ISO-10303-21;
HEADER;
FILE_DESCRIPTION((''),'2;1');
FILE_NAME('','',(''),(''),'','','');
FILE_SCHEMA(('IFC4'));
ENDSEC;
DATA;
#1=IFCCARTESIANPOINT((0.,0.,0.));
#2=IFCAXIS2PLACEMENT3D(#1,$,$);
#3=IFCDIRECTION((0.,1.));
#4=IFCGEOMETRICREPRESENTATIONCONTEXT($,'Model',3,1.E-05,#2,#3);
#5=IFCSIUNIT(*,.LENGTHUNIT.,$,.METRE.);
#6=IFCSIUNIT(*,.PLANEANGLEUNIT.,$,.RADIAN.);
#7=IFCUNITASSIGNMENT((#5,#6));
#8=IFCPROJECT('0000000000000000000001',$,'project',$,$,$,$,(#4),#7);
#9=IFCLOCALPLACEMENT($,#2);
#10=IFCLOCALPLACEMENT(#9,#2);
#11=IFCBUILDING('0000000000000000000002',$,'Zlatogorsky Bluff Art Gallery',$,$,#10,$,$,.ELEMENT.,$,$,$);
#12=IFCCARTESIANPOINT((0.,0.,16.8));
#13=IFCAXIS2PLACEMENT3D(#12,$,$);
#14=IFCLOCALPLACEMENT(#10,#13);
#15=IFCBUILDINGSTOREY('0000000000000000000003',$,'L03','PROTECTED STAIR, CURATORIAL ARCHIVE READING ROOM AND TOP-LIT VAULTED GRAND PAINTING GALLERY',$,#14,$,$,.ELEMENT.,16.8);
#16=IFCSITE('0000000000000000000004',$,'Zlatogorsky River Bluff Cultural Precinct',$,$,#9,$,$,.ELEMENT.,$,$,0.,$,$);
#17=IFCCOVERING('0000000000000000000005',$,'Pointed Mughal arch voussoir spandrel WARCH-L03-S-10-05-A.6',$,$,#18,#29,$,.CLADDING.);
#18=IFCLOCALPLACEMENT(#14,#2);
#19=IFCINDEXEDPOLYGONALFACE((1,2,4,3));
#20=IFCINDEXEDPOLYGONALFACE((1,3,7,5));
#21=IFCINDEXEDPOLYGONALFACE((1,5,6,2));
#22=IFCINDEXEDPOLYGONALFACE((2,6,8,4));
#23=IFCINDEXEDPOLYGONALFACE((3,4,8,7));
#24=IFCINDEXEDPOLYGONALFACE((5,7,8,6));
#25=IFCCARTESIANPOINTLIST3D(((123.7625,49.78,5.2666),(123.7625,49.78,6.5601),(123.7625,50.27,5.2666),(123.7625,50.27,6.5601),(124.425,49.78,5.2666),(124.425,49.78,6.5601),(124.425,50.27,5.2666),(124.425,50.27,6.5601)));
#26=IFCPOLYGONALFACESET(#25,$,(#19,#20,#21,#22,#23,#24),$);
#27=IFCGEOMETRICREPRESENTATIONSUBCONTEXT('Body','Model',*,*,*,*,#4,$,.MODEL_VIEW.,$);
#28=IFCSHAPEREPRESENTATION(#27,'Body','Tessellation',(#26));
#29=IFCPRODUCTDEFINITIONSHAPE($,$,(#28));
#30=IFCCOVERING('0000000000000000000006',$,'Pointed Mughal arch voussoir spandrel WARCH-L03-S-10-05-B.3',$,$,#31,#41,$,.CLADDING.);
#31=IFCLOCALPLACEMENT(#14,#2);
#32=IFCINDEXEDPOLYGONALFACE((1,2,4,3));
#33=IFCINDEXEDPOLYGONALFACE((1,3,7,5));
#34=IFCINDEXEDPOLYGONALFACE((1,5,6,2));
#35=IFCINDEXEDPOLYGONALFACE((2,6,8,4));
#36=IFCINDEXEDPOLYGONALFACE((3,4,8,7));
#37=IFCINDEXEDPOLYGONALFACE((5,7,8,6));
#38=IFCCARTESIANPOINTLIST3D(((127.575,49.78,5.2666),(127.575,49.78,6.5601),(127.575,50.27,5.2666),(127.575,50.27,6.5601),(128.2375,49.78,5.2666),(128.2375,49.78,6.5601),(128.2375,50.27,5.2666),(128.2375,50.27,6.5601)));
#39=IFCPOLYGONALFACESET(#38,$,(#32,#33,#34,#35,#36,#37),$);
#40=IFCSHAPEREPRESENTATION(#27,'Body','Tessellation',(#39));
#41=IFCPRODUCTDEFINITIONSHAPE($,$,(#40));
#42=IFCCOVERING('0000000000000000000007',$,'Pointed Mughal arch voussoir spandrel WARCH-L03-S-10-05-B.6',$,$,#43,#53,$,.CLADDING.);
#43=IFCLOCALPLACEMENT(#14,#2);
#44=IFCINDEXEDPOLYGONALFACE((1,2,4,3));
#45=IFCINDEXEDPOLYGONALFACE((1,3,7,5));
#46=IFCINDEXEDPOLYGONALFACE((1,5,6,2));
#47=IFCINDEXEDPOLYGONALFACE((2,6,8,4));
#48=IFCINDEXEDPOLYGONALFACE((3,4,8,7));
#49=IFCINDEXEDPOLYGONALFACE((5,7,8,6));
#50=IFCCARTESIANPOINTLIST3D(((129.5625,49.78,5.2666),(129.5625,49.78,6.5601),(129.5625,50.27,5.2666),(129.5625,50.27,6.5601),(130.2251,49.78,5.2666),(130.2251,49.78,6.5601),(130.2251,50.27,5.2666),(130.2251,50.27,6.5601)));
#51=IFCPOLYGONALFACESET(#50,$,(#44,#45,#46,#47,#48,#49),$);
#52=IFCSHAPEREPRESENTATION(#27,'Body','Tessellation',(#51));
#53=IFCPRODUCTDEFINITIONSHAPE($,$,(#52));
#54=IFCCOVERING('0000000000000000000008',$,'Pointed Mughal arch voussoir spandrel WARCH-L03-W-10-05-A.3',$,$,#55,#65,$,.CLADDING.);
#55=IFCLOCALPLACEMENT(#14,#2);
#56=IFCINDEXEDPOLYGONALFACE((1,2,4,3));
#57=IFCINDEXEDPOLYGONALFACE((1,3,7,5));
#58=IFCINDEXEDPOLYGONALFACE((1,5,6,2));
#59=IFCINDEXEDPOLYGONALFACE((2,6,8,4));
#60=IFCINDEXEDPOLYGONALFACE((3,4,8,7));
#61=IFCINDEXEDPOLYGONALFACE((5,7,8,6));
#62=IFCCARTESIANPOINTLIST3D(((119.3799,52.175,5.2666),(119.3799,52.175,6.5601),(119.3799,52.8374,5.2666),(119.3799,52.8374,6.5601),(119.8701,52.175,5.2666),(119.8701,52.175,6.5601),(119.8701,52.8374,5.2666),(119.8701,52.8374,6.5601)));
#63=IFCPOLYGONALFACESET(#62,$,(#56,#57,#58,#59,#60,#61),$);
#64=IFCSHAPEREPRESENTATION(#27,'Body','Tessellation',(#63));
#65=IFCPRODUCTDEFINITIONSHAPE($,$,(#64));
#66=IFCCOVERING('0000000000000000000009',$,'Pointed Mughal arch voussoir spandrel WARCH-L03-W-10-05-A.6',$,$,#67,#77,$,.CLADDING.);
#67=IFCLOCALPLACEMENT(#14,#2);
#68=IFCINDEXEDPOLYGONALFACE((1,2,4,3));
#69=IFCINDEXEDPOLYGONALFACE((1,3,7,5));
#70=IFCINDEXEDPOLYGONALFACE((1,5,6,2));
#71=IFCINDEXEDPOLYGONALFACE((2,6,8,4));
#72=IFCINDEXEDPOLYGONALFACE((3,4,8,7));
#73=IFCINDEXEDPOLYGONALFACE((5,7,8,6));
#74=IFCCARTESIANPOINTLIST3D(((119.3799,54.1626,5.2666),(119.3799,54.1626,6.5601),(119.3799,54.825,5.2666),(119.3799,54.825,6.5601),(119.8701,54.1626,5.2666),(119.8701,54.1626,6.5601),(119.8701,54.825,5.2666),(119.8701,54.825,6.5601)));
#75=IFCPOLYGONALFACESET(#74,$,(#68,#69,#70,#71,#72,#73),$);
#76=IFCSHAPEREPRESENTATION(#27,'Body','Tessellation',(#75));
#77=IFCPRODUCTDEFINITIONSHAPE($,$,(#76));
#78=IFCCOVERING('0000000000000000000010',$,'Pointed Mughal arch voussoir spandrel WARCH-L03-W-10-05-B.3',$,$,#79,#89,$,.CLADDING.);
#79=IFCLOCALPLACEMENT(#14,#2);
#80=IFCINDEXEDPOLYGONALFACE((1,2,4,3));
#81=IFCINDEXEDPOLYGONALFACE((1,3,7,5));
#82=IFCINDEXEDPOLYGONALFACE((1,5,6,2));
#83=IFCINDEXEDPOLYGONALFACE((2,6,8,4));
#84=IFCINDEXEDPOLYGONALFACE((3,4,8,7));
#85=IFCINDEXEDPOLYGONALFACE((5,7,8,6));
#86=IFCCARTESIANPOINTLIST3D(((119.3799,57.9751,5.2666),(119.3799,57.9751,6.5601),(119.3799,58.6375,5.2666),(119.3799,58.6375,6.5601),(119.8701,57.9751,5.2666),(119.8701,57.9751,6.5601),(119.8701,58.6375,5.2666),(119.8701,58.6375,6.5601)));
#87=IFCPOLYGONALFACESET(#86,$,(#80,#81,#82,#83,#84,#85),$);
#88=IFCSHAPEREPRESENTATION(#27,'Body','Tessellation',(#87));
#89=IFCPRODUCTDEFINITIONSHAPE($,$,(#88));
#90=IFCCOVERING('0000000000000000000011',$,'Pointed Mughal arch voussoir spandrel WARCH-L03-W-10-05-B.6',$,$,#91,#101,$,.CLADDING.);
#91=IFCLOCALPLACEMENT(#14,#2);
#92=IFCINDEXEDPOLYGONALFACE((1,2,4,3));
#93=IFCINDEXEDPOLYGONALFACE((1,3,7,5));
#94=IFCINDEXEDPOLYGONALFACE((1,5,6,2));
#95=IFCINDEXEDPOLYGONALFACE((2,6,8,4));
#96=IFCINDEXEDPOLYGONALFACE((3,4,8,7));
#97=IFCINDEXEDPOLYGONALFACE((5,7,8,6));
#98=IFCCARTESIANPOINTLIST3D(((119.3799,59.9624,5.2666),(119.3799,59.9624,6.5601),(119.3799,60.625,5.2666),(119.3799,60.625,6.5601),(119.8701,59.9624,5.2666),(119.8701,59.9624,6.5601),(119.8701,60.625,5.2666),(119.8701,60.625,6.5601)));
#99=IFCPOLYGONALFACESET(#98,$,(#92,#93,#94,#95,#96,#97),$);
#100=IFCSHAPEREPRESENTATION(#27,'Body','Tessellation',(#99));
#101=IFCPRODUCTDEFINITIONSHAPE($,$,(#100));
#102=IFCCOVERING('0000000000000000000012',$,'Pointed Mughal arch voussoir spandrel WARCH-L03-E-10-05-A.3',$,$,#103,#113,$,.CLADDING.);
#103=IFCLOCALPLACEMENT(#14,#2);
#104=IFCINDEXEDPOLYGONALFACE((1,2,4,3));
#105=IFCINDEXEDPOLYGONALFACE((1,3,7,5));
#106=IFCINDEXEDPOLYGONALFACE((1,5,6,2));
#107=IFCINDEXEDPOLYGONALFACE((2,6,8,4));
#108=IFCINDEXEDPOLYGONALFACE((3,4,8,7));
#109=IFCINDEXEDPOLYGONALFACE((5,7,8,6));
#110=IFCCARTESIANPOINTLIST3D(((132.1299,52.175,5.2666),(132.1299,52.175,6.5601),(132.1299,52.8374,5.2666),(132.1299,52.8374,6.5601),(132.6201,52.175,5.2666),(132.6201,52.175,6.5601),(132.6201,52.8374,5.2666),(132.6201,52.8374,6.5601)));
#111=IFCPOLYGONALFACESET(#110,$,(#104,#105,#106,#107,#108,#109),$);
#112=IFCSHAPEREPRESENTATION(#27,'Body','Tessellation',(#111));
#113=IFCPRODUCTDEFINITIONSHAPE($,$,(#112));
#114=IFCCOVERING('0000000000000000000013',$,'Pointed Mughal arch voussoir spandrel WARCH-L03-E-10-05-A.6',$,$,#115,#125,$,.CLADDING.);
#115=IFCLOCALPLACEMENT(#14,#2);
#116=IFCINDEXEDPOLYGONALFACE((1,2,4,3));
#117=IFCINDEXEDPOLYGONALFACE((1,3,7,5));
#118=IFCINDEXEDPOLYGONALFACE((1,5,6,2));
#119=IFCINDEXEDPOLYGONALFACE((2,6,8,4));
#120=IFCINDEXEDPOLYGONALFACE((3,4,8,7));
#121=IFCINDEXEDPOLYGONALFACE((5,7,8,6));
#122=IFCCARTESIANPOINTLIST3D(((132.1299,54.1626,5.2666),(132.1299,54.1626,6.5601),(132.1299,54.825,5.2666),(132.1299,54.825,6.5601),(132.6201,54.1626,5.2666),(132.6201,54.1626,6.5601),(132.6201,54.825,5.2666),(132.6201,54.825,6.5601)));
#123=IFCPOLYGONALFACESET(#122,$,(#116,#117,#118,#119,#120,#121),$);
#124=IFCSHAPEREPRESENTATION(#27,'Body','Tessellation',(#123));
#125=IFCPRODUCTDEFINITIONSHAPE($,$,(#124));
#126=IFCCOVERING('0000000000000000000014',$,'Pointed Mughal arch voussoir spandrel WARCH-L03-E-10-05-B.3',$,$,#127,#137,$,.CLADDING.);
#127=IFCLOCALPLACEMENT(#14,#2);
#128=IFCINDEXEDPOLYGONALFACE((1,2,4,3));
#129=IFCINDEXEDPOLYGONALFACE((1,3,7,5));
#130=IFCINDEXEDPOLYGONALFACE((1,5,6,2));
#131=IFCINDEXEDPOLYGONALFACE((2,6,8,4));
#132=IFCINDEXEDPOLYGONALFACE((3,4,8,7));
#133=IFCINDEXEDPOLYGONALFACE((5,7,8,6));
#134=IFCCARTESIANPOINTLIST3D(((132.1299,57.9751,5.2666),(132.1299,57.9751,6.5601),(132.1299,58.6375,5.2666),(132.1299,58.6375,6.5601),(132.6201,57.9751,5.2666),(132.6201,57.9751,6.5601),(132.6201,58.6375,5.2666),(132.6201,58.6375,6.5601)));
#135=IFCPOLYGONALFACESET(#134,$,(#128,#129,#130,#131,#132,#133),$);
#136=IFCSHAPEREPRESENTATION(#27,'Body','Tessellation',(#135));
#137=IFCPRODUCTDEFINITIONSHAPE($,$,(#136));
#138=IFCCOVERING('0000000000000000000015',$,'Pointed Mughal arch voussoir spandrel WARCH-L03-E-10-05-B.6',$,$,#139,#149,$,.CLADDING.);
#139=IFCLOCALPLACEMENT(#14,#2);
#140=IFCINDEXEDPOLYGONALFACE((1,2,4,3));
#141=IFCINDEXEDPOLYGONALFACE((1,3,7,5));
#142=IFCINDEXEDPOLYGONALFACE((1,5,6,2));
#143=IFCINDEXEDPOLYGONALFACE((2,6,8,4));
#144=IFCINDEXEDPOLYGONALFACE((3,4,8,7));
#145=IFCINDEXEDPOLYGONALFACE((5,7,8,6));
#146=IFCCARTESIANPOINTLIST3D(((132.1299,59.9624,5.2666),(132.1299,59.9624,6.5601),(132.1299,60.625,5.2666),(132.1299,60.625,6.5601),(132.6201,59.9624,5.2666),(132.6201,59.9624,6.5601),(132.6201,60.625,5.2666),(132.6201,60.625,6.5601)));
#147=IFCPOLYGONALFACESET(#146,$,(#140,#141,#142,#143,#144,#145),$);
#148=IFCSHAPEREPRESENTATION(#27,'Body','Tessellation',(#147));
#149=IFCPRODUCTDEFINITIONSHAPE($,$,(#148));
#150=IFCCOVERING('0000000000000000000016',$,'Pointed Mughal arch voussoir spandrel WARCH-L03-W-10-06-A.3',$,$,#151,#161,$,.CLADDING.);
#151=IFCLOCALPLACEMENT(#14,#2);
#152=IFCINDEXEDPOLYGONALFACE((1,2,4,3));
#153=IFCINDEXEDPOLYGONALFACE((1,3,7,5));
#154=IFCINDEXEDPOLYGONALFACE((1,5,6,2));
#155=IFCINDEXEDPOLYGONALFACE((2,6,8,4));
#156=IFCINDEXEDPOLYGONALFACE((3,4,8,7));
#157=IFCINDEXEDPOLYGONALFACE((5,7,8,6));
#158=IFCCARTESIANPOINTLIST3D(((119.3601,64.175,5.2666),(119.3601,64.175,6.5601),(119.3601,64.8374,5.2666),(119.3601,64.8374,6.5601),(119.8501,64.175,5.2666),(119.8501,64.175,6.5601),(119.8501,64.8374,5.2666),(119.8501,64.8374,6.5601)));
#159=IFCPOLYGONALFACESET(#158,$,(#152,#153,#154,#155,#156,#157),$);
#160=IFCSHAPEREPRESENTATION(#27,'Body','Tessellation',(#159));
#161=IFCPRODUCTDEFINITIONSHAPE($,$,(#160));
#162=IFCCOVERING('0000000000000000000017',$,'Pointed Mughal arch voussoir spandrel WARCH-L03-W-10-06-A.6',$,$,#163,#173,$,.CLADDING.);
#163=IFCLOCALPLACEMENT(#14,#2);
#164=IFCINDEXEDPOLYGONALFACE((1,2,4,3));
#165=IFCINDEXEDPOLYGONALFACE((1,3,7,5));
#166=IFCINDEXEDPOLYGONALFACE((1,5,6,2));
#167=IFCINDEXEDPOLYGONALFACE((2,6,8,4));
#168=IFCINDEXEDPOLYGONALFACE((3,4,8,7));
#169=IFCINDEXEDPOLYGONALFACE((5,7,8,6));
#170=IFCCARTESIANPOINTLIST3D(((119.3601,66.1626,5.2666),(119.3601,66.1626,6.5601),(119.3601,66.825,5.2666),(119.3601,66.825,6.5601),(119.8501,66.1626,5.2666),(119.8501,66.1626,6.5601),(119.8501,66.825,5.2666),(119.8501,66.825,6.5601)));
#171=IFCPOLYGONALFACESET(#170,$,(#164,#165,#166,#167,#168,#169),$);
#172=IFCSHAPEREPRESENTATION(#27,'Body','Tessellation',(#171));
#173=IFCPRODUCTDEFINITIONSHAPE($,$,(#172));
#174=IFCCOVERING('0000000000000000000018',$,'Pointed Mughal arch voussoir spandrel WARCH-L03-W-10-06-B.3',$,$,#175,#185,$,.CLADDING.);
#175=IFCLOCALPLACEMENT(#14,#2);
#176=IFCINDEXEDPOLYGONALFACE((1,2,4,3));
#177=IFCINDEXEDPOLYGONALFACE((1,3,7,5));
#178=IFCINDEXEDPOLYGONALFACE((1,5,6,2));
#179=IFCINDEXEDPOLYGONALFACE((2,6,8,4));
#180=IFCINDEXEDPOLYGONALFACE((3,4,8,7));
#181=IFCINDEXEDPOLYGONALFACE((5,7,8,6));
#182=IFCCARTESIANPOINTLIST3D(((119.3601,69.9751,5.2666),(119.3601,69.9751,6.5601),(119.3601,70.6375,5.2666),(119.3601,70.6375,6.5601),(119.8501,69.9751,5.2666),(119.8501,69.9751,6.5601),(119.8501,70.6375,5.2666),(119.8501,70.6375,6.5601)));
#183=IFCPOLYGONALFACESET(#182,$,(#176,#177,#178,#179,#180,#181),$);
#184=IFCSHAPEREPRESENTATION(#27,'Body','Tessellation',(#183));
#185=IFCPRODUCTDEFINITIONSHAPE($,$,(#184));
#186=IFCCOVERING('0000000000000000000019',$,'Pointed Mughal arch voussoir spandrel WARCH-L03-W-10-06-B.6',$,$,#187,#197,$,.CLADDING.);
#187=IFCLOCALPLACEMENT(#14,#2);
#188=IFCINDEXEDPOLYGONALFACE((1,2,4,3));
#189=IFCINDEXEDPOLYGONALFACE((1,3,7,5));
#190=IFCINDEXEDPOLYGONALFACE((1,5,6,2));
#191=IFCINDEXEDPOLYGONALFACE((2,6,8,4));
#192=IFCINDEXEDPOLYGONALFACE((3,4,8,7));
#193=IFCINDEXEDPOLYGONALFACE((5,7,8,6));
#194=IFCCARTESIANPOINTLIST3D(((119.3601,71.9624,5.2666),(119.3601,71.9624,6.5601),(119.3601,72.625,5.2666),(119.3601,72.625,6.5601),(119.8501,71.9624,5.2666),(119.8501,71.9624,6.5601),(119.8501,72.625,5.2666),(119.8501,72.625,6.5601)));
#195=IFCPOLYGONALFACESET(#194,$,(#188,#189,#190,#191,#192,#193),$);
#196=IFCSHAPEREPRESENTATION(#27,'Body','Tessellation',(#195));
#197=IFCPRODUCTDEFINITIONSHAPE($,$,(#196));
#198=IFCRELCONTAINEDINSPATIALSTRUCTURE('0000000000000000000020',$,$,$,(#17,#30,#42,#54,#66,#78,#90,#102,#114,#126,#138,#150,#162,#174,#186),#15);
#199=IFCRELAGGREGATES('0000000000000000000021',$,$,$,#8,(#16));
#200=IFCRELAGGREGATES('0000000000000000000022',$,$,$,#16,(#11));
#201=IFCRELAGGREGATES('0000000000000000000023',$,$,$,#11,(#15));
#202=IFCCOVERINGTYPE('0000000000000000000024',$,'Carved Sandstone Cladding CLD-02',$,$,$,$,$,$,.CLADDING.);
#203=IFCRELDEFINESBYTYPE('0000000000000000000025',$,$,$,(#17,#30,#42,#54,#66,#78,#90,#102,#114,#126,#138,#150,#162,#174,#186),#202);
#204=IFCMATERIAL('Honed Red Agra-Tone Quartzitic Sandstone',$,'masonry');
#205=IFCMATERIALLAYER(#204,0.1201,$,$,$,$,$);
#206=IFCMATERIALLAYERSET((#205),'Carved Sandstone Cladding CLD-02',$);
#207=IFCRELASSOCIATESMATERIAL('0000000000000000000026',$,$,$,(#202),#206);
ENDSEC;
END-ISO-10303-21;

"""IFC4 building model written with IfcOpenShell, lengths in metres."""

from ifc_helpers import new_model, si_unit, direction, frame, origin, place, context, subcontext, project, spatial, polyline, outline, extrude, material, layer, layer_set, type_object, element, save


model = new_model("IFC4")

# Units and contexts
model_context = context("Model", 3, precision=1e-05, world=origin(), true_north=direction((0.0, 1.0)))
body_context = subcontext(model_context, "Body", "Model", "MODEL_VIEW")
ifc_project = project(units=[si_unit("LENGTHUNIT", "METRE"), si_unit("PLANEANGLEUNIT", "RADIAN")], contexts=[model_context])

# Site, building, storey
site_placement = place(None, origin())
site = spatial("IfcSite", under=ifc_project, at=site_placement, Name="Zlatogorsky River Bluff Cultural Precinct", CompositionType="ELEMENT", RefElevation=0.0)
building_placement = place(site_placement, origin())
building = spatial("IfcBuilding", under=site, at=building_placement, Name="Zlatogorsky Bluff Art Gallery", CompositionType="ELEMENT")
storey_placement = place(building_placement, frame((0.0, 0.0, 16.8)))
storey = spatial("IfcBuildingStorey", under=building, at=storey_placement, Name="L03", Description="PROTECTED STAIR, CURATORIAL ARCHIVE READING ROOM AND TOP-LIT VAULTED GRAND PAINTING GALLERY", CompositionType="ELEMENT", Elevation=16.8)

# Coverings
ifc_material = material(Name="Honed Red Agra-Tone Quartzitic Sandstone", Category="masonry")
ifc_layer = layer(ifc_material, 0.1201)
ifc_layer_set = layer_set([ifc_layer], Name="Carved Sandstone Cladding CLD-02")
covering_type = type_object("IfcCoveringType", Name="Carved Sandstone Cladding CLD-02", PredefinedType="CLADDING", material=ifc_layer_set)
covering_1_placement = place(storey_placement, frame((0.0, 0.0, 5.2666)))
element("IfcCovering", 1, at=covering_1_placement, inside=storey, type_object=covering_type, Name="Pointed Mughal arch voussoir spandrel WARCH-L03-S-10-05-A.6", PredefinedType="CLADDING", context=body_context, shape_type="SweptSolid", body=[
    extrude(outline(polyline([(123.7625, 49.78), (124.425, 49.78), (124.425, 50.27), (123.7625, 50.27), (123.7625, 49.78)])), origin(), (0.0, 0.0, 1.0), 1.2935),
])
covering_2_placement = place(storey_placement, frame((0.0, 0.0, 5.2666)))
element("IfcCovering", 2, at=covering_2_placement, inside=storey, type_object=covering_type, Name="Pointed Mughal arch voussoir spandrel WARCH-L03-S-10-05-B.3", PredefinedType="CLADDING", context=body_context, shape_type="SweptSolid", body=[
    extrude(outline(polyline([(127.575, 49.78), (128.2375, 49.78), (128.2375, 50.27), (127.575, 50.27), (127.575, 49.78)])), origin(), (0.0, 0.0, 1.0), 1.2935),
])
covering_3_placement = place(storey_placement, frame((0.0, 0.0, 5.2666)))
element("IfcCovering", 3, at=covering_3_placement, inside=storey, type_object=covering_type, Name="Pointed Mughal arch voussoir spandrel WARCH-L03-S-10-05-B.6", PredefinedType="CLADDING", context=body_context, shape_type="SweptSolid", body=[
    extrude(outline(polyline([(129.5625, 49.78), (130.2251, 49.78), (130.2251, 50.27), (129.5625, 50.27), (129.5625, 49.78)])), origin(), (0.0, 0.0, 1.0), 1.2935),
])
covering_4_placement = place(storey_placement, frame((0.0, 0.0, 5.2666)))
element("IfcCovering", 4, at=covering_4_placement, inside=storey, type_object=covering_type, Name="Pointed Mughal arch voussoir spandrel WARCH-L03-W-10-05-A.3", PredefinedType="CLADDING", context=body_context, shape_type="SweptSolid", body=[
    extrude(outline(polyline([(119.3799, 52.175), (119.3799, 52.8374), (119.8701, 52.8374), (119.8701, 52.175), (119.3799, 52.175)])), origin(), (0.0, 0.0, 1.0), 1.2935),
])
covering_5_placement = place(storey_placement, frame((0.0, 0.0, 5.2666)))
element("IfcCovering", 5, at=covering_5_placement, inside=storey, type_object=covering_type, Name="Pointed Mughal arch voussoir spandrel WARCH-L03-W-10-05-A.6", PredefinedType="CLADDING", context=body_context, shape_type="SweptSolid", body=[
    extrude(outline(polyline([(119.3799, 54.1626), (119.3799, 54.825), (119.8701, 54.825), (119.8701, 54.1626), (119.3799, 54.1626)])), origin(), (0.0, 0.0, 1.0), 1.2935),
])
covering_6_placement = place(storey_placement, frame((0.0, 0.0, 5.2666)))
element("IfcCovering", 6, at=covering_6_placement, inside=storey, type_object=covering_type, Name="Pointed Mughal arch voussoir spandrel WARCH-L03-W-10-05-B.3", PredefinedType="CLADDING", context=body_context, shape_type="SweptSolid", body=[
    extrude(outline(polyline([(119.3799, 57.9751), (119.3799, 58.6375), (119.8701, 58.6375), (119.8701, 57.9751), (119.3799, 57.9751)])), origin(), (0.0, 0.0, 1.0), 1.2935),
])
covering_7_placement = place(storey_placement, frame((0.0, 0.0, 5.2666)))
element("IfcCovering", 7, at=covering_7_placement, inside=storey, type_object=covering_type, Name="Pointed Mughal arch voussoir spandrel WARCH-L03-W-10-05-B.6", PredefinedType="CLADDING", context=body_context, shape_type="SweptSolid", body=[
    extrude(outline(polyline([(119.3799, 59.9624), (119.3799, 60.625), (119.8701, 60.625), (119.8701, 59.9624), (119.3799, 59.9624)])), origin(), (0.0, 0.0, 1.0), 1.2935),
])
covering_8_placement = place(storey_placement, frame((0.0, 0.0, 5.2666)))
element("IfcCovering", 8, at=covering_8_placement, inside=storey, type_object=covering_type, Name="Pointed Mughal arch voussoir spandrel WARCH-L03-E-10-05-A.3", PredefinedType="CLADDING", context=body_context, shape_type="SweptSolid", body=[
    extrude(outline(polyline([(132.1299, 52.175), (132.1299, 52.8374), (132.6201, 52.8374), (132.6201, 52.175), (132.1299, 52.175)])), origin(), (0.0, 0.0, 1.0), 1.2935),
])
covering_9_placement = place(storey_placement, frame((0.0, 0.0, 5.2666)))
element("IfcCovering", 9, at=covering_9_placement, inside=storey, type_object=covering_type, Name="Pointed Mughal arch voussoir spandrel WARCH-L03-E-10-05-A.6", PredefinedType="CLADDING", context=body_context, shape_type="SweptSolid", body=[
    extrude(outline(polyline([(132.1299, 54.1626), (132.1299, 54.825), (132.6201, 54.825), (132.6201, 54.1626), (132.1299, 54.1626)])), origin(), (0.0, 0.0, 1.0), 1.2935),
])
covering_10_placement = place(storey_placement, frame((0.0, 0.0, 5.2666)))
element("IfcCovering", 10, at=covering_10_placement, inside=storey, type_object=covering_type, Name="Pointed Mughal arch voussoir spandrel WARCH-L03-E-10-05-B.3", PredefinedType="CLADDING", context=body_context, shape_type="SweptSolid", body=[
    extrude(outline(polyline([(132.1299, 57.9751), (132.1299, 58.6375), (132.6201, 58.6375), (132.6201, 57.9751), (132.1299, 57.9751)])), origin(), (0.0, 0.0, 1.0), 1.2935),
])
covering_11_placement = place(storey_placement, frame((0.0, 0.0, 5.2666)))
element("IfcCovering", 11, at=covering_11_placement, inside=storey, type_object=covering_type, Name="Pointed Mughal arch voussoir spandrel WARCH-L03-E-10-05-B.6", PredefinedType="CLADDING", context=body_context, shape_type="SweptSolid", body=[
    extrude(outline(polyline([(132.1299, 59.9624), (132.1299, 60.625), (132.6201, 60.625), (132.6201, 59.9624), (132.1299, 59.9624)])), origin(), (0.0, 0.0, 1.0), 1.2935),
])
covering_12_placement = place(storey_placement, frame((0.0, 0.0, 5.2666)))
element("IfcCovering", 12, at=covering_12_placement, inside=storey, type_object=covering_type, Name="Pointed Mughal arch voussoir spandrel WARCH-L03-W-10-06-A.3", PredefinedType="CLADDING", context=body_context, shape_type="SweptSolid", body=[
    extrude(outline(polyline([(119.3601, 64.175), (119.3601, 64.8374), (119.8501, 64.8374), (119.8501, 64.175), (119.3601, 64.175)])), origin(), (0.0, 0.0, 1.0), 1.2935),
])
covering_13_placement = place(storey_placement, frame((0.0, 0.0, 5.2666)))
element("IfcCovering", 13, at=covering_13_placement, inside=storey, type_object=covering_type, Name="Pointed Mughal arch voussoir spandrel WARCH-L03-W-10-06-A.6", PredefinedType="CLADDING", context=body_context, shape_type="SweptSolid", body=[
    extrude(outline(polyline([(119.3601, 66.1626), (119.3601, 66.825), (119.8501, 66.825), (119.8501, 66.1626), (119.3601, 66.1626)])), origin(), (0.0, 0.0, 1.0), 1.2935),
])
covering_14_placement = place(storey_placement, frame((0.0, 0.0, 5.2666)))
element("IfcCovering", 14, at=covering_14_placement, inside=storey, type_object=covering_type, Name="Pointed Mughal arch voussoir spandrel WARCH-L03-W-10-06-B.3", PredefinedType="CLADDING", context=body_context, shape_type="SweptSolid", body=[
    extrude(outline(polyline([(119.3601, 69.9751), (119.3601, 70.6375), (119.8501, 70.6375), (119.8501, 69.9751), (119.3601, 69.9751)])), origin(), (0.0, 0.0, 1.0), 1.2935),
])
covering_15_placement = place(storey_placement, frame((0.0, 0.0, 5.2666)))
element("IfcCovering", 15, at=covering_15_placement, inside=storey, type_object=covering_type, Name="Pointed Mughal arch voussoir spandrel WARCH-L03-W-10-06-B.6", PredefinedType="CLADDING", context=body_context, shape_type="SweptSolid", body=[
    extrude(outline(polyline([(119.3601, 71.9624), (119.3601, 72.625), (119.8501, 72.625), (119.8501, 71.9624), (119.3601, 71.9624)])), origin(), (0.0, 0.0, 1.0), 1.2935),
])

save(model, "model.ifc")
